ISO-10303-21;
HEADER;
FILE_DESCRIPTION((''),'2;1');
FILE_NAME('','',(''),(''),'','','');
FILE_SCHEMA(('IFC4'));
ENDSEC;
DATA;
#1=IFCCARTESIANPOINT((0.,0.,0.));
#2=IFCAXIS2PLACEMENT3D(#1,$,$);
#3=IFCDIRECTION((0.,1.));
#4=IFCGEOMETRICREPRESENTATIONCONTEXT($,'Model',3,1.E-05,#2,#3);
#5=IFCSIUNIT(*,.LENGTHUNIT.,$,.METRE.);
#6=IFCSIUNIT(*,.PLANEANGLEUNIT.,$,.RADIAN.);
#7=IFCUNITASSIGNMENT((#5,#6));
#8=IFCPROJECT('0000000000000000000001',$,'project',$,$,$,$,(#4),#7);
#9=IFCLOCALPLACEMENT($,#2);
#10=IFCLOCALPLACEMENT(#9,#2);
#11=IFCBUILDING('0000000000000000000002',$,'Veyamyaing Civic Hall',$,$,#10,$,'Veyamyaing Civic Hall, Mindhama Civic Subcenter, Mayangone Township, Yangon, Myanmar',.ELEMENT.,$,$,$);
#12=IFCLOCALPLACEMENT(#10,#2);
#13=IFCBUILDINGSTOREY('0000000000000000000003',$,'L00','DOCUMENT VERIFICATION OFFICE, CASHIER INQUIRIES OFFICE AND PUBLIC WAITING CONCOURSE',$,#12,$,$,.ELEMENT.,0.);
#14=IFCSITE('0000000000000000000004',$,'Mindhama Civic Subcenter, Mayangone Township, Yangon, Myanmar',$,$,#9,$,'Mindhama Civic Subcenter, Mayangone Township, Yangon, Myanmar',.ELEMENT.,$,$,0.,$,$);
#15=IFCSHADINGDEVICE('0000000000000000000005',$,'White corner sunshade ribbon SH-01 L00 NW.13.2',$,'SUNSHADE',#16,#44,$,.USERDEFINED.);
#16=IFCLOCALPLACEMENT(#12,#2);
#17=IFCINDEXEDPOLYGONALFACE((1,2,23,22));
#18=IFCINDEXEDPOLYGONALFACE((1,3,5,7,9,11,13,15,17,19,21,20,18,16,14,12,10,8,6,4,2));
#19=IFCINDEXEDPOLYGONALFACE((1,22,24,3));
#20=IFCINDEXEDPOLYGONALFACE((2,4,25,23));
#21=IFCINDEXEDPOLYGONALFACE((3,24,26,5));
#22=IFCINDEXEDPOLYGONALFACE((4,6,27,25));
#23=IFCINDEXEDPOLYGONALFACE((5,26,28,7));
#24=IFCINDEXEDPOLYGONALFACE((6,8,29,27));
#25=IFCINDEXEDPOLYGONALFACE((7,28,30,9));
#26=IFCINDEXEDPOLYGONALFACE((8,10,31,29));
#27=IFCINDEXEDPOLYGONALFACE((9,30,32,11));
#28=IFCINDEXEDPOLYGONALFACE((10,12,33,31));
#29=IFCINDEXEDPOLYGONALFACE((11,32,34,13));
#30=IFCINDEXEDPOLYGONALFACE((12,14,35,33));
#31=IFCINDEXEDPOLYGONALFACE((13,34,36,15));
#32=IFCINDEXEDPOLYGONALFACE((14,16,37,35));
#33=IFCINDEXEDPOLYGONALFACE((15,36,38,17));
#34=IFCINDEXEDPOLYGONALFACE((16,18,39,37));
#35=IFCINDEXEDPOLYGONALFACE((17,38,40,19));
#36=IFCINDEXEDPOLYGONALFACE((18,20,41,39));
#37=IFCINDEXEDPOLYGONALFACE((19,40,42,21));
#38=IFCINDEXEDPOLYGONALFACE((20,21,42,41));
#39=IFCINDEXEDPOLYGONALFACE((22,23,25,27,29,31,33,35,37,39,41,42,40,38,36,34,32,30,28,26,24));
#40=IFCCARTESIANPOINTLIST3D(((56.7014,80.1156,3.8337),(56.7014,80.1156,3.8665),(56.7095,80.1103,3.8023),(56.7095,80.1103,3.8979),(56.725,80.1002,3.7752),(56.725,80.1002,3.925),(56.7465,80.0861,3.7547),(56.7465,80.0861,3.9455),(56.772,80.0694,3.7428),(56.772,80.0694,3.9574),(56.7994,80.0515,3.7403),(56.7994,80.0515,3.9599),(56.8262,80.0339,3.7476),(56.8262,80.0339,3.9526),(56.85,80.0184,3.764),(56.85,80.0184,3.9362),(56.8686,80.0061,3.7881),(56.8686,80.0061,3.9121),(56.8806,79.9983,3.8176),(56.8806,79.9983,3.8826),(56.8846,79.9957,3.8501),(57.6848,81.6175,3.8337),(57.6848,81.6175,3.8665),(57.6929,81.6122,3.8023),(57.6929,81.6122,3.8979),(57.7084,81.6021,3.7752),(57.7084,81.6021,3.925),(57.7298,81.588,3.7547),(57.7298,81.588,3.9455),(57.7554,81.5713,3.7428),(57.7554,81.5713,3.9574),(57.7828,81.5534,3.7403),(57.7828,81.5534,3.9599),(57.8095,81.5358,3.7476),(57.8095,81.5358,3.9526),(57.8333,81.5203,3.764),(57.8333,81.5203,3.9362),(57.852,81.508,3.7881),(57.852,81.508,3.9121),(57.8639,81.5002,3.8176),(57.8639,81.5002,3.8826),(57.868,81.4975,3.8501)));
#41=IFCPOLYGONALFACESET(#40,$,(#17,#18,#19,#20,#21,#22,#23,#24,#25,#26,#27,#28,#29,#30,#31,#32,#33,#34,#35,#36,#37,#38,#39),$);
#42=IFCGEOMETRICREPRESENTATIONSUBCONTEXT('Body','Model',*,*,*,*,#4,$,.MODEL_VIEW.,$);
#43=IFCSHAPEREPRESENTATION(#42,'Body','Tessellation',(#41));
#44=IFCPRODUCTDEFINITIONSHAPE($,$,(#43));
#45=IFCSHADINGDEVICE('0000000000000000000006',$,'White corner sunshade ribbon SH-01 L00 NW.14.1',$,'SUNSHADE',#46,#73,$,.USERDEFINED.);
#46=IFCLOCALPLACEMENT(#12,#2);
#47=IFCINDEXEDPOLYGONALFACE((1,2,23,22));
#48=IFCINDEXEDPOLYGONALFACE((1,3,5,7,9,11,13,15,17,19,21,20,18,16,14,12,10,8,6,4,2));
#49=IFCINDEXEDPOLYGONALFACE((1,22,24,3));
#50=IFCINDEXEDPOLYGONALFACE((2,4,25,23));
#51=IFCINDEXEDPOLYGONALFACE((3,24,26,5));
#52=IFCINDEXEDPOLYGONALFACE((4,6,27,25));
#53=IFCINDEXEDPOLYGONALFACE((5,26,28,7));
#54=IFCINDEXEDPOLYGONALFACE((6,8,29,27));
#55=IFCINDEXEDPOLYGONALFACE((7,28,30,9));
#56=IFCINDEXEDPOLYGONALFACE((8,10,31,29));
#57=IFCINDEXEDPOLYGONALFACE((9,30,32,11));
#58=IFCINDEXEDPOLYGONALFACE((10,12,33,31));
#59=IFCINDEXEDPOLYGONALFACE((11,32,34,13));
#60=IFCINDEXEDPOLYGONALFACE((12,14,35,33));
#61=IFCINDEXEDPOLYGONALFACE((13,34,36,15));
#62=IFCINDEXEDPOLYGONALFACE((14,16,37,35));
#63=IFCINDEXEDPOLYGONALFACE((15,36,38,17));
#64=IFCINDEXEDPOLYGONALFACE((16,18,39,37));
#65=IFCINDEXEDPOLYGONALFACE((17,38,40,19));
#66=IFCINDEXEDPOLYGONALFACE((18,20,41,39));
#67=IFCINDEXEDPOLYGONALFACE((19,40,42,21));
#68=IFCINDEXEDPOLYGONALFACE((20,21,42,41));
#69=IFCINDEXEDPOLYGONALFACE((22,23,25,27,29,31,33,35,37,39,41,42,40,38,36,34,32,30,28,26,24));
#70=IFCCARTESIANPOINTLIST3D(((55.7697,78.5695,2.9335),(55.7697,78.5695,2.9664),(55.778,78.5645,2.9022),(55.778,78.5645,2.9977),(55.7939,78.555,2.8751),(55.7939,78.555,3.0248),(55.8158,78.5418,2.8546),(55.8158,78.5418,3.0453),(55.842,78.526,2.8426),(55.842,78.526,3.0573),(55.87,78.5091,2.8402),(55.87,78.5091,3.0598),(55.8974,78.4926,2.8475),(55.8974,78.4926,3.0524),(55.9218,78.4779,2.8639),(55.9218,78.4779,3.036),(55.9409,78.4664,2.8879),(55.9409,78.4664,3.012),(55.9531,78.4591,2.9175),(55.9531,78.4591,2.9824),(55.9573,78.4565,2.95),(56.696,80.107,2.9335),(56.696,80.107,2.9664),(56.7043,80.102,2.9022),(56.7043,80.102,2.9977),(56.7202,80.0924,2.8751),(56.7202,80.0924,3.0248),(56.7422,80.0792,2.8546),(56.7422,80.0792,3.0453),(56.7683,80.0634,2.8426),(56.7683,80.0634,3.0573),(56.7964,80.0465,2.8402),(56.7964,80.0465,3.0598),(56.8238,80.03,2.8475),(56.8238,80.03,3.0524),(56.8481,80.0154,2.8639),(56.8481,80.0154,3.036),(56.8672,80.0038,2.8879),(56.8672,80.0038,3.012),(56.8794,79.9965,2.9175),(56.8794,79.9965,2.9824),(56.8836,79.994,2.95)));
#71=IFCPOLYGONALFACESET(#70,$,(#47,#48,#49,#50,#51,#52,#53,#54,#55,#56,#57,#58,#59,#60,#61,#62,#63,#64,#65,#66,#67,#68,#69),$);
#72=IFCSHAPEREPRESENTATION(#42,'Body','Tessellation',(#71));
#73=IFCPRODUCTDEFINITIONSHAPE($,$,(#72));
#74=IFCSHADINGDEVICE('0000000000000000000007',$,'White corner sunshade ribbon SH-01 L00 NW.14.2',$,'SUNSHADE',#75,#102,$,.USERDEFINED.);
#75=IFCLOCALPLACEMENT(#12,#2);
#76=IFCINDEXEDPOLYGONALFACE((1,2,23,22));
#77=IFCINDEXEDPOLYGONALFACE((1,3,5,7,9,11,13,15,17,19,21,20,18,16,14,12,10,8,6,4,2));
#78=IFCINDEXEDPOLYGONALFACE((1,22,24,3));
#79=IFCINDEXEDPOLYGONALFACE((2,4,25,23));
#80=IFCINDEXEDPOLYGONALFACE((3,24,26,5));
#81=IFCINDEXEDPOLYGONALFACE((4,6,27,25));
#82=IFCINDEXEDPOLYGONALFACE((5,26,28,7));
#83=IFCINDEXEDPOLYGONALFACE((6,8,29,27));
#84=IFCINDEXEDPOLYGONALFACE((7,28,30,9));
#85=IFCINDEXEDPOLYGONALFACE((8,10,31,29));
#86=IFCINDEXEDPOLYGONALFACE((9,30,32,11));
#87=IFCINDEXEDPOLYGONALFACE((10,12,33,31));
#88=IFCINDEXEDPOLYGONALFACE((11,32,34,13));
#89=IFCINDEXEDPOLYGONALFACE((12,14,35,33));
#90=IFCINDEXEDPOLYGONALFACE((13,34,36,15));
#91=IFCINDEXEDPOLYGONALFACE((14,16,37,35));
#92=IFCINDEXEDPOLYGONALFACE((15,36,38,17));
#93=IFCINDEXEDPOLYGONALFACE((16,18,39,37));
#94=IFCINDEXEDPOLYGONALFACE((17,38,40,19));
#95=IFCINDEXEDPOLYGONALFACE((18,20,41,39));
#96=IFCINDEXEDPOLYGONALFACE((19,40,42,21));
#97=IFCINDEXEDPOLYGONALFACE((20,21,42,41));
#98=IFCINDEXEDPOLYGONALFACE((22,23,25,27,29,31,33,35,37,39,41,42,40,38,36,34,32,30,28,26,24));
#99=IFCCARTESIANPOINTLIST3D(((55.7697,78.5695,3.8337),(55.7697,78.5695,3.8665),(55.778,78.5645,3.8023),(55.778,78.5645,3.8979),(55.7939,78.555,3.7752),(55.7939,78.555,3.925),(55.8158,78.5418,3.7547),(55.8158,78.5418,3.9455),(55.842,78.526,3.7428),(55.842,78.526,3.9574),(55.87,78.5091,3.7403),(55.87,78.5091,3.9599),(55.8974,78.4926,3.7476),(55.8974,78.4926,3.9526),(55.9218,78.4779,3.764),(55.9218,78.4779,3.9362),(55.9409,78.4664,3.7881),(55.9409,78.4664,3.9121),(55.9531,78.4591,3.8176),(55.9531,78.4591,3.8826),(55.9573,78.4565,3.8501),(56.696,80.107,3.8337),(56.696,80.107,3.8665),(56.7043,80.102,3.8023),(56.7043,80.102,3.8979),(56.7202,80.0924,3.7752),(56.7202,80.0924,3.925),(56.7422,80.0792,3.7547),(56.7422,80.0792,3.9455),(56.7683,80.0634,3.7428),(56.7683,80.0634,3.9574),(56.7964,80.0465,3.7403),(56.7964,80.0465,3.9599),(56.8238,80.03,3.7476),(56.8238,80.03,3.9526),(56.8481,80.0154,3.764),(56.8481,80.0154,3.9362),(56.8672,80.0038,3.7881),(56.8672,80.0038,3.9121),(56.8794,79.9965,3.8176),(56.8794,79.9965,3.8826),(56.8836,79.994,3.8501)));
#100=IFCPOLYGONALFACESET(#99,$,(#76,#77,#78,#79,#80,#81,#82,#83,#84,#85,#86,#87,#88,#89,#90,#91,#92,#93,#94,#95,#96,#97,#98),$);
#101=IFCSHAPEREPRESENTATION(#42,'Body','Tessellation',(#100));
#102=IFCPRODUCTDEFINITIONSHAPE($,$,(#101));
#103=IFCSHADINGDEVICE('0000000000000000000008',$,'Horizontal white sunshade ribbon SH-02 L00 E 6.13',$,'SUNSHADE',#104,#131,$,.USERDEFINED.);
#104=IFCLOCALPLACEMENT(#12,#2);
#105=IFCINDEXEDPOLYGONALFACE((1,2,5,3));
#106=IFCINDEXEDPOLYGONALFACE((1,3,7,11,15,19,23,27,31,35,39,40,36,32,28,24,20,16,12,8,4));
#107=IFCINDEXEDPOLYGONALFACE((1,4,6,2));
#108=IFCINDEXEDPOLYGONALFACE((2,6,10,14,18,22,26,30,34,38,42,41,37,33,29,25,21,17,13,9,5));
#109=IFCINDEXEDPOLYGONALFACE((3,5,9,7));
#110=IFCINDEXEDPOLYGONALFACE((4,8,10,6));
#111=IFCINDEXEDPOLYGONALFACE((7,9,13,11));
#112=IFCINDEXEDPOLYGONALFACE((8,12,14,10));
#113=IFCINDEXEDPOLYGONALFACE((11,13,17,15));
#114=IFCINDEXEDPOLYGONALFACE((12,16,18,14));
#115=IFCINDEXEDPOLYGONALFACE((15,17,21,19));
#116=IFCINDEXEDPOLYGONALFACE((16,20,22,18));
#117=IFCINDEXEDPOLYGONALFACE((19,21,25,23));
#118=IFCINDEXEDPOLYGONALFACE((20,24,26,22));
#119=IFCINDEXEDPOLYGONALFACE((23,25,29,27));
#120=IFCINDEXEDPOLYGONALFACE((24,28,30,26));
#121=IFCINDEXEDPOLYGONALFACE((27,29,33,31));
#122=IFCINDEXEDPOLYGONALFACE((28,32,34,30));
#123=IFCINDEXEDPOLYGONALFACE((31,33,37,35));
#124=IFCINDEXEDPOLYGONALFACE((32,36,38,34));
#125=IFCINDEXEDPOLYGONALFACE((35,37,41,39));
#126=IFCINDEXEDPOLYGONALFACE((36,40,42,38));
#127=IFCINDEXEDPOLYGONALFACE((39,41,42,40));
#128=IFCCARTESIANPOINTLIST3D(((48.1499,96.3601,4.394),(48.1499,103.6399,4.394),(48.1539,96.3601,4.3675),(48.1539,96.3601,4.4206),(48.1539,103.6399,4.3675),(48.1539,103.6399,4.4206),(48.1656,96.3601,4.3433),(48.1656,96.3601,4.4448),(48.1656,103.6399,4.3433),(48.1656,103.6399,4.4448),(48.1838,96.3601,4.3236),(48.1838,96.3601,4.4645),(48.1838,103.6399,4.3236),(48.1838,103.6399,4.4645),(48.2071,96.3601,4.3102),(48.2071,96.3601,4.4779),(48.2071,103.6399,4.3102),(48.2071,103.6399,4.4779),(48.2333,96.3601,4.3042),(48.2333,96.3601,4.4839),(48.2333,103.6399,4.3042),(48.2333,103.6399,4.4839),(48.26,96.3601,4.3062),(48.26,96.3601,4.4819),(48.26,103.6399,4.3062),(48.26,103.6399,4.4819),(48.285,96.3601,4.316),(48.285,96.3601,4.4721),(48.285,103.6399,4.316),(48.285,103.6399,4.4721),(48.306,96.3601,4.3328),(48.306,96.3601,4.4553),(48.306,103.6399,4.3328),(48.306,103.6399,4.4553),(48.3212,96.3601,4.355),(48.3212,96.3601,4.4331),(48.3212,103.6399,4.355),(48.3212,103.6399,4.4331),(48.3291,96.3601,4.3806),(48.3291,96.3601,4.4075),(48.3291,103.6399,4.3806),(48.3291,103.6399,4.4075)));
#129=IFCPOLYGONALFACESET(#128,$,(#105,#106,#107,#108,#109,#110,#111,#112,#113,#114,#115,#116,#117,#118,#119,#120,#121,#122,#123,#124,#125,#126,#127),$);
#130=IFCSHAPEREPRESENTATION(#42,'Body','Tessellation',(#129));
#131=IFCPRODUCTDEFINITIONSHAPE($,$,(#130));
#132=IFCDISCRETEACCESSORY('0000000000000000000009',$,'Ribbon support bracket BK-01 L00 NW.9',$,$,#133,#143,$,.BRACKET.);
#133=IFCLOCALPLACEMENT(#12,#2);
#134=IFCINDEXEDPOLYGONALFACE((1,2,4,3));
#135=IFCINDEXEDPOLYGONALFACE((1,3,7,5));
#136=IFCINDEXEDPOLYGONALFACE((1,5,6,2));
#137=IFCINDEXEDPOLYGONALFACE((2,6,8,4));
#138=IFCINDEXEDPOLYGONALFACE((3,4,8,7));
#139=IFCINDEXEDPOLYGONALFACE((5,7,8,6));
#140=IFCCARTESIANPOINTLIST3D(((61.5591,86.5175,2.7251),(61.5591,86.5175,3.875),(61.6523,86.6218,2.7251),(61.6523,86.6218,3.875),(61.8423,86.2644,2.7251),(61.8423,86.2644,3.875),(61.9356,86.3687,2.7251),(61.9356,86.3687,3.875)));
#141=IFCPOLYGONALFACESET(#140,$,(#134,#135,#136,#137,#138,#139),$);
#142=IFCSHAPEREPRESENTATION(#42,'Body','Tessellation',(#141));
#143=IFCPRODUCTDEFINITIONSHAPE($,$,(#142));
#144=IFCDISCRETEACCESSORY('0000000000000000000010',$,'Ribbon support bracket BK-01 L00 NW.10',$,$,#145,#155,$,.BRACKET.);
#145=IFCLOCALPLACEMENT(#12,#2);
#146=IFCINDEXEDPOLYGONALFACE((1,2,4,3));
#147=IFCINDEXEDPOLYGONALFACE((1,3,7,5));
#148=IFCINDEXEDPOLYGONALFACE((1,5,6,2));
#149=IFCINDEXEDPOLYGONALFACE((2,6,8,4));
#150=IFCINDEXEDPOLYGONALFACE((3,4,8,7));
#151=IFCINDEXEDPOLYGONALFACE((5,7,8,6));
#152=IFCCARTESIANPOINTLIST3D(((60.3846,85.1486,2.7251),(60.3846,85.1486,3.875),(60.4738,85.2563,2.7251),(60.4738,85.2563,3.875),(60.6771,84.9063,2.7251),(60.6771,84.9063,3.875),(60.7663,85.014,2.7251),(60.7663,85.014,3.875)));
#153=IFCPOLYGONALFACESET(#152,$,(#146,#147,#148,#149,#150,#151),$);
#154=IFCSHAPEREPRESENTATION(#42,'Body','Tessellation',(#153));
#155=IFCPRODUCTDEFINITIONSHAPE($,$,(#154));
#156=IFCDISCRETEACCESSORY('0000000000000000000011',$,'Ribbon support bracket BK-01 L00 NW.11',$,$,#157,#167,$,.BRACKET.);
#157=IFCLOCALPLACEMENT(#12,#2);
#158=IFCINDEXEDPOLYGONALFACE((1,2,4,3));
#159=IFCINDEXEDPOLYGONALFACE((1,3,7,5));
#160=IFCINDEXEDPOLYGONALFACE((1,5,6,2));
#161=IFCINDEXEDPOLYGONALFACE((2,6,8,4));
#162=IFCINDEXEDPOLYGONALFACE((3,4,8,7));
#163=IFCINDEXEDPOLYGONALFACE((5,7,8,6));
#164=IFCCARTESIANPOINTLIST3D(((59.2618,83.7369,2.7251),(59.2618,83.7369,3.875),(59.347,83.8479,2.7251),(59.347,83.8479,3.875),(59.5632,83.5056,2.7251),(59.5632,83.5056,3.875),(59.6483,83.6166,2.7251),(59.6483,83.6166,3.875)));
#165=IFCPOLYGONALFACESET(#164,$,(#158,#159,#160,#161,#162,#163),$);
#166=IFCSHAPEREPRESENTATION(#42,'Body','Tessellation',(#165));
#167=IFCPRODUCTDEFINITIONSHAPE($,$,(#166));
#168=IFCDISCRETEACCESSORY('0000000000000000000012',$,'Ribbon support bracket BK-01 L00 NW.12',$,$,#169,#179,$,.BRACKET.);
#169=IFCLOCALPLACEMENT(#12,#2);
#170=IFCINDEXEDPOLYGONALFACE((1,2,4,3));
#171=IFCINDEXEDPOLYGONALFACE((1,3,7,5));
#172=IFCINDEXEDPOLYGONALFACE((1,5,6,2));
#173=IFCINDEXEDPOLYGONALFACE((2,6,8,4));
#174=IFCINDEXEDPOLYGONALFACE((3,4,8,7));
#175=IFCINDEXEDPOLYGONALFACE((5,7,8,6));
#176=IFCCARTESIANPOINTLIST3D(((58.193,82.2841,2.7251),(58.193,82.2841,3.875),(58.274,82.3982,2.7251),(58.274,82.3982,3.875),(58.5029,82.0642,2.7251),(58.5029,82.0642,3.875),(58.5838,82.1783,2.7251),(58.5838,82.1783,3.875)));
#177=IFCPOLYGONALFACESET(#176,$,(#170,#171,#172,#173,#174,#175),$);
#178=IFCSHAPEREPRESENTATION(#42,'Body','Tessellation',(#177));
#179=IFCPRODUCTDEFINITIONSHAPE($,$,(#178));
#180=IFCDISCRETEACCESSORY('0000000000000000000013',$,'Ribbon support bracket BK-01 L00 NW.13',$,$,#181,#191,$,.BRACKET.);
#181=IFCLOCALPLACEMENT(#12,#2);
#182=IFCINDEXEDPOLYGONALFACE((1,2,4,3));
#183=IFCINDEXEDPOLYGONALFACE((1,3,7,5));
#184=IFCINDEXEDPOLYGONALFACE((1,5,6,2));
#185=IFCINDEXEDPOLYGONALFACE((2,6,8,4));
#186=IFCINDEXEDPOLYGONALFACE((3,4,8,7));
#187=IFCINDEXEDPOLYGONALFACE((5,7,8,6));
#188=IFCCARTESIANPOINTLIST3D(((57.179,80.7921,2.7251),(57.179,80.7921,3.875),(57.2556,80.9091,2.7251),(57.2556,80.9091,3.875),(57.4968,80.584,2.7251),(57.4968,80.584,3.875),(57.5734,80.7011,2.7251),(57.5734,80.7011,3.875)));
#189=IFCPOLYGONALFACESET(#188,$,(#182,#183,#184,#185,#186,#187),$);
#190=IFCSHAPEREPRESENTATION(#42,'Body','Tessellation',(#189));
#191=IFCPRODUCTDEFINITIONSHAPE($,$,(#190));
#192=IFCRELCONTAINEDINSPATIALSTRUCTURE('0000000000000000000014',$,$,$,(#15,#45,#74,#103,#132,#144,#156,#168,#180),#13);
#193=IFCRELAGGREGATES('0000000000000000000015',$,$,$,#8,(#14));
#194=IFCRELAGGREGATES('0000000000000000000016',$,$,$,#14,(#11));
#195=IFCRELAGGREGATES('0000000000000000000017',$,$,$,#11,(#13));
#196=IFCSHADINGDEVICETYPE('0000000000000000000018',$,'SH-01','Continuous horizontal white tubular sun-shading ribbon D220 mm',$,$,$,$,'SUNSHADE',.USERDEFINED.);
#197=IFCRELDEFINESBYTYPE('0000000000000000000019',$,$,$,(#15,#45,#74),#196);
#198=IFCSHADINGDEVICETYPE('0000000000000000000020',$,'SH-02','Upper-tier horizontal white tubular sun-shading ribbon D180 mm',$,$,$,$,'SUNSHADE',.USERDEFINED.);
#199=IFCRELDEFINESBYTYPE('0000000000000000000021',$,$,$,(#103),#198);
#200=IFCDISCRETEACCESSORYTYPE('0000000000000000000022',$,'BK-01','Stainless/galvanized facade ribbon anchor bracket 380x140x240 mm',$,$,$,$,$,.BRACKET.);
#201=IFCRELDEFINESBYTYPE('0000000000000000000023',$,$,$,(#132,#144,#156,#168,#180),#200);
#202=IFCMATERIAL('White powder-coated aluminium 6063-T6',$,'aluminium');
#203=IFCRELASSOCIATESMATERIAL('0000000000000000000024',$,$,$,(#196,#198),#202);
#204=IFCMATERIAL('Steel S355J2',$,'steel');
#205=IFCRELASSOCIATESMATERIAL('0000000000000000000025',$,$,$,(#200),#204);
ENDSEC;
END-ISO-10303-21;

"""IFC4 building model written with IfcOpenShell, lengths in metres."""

from ifc_helpers import new_model, si_unit, direction, frame, origin, origin_2d, place, context, subcontext, project, spatial, rectangle, circle, extrude, material, material_profile, profile_set, type_object, element, save


model = new_model("IFC4")

# Units and contexts
model_context = context("Model", 3, precision=1e-05, world=origin(), true_north=direction((0.0, 1.0)))
body_context = subcontext(model_context, "Body", "Model", "MODEL_VIEW")
ifc_project = project(units=[si_unit("LENGTHUNIT", "METRE"), si_unit("PLANEANGLEUNIT", "RADIAN")], contexts=[model_context])

# Site, building, storey
site_placement = place(None, origin())
site = spatial("IfcSite", under=ifc_project, at=site_placement, Name="Mindhama Civic Subcenter, Mayangone Township, Yangon, Myanmar", LongName="Mindhama Civic Subcenter, Mayangone Township, Yangon, Myanmar", CompositionType="ELEMENT", RefElevation=0.0)
building_placement = place(site_placement, origin())
building = spatial("IfcBuilding", under=site, at=building_placement, Name="Veyamyaing Civic Hall", LongName="Veyamyaing Civic Hall, Mindhama Civic Subcenter, Mayangone Township, Yangon, Myanmar", CompositionType="ELEMENT")
storey_placement = place(building_placement, origin())
storey = spatial("IfcBuildingStorey", under=building, at=storey_placement, Name="L00", Description="DOCUMENT VERIFICATION OFFICE, CASHIER INQUIRIES OFFICE AND PUBLIC WAITING CONCOURSE", CompositionType="ELEMENT", Elevation=0.0)

# Shared definitions
ifc_material_1 = material(Name="White powder-coated aluminium 6063-T6", Category="aluminium")

# Shading devices
ifc_material_profile_1 = material_profile(ifc_material_1, circle(Radius=0.1101, at=origin_2d()), Name="SHADE-TUBE-220")
ifc_profile_set_1 = profile_set([ifc_material_profile_1], Name="White powder-coated aluminium 6063-T6")
shading_device_type_1 = type_object("IfcShadingDeviceType", Name="SH-01", Description="Continuous horizontal white tubular sun-shading ribbon D220 mm", ElementType="SUNSHADE", PredefinedType="USERDEFINED", material=ifc_profile_set_1)
for number, where, z_axis, x_axis, name in (
    (1, (57.7759, 81.5579, 3.8501), (-0.547777, -0.836624, 0.0), (0.836624, -0.547777, 0.0), "White corner sunshade ribbon SH-01 L00 NW.13.2"),
):
    element("IfcShadingDevice", number, at=place(storey_placement, frame(where, z_axis=z_axis, x_axis=x_axis)), inside=storey, type_object=shading_device_type_1, Name=name, ObjectType="SUNSHADE", PredefinedType="USERDEFINED", context=body_context, shape_type="SweptSolid", body=[
        extrude(circle(Radius=0.1101, at=origin_2d()), origin(), (0.0, 0.0, 1.0), 1.7952),
    ])
for number, where, z_axis, x_axis, name in (
    (2, (56.7893, 80.0508, 2.95), (-0.516075, -0.856543, 0.0), (0.856543, -0.516075, 0.0), "White corner sunshade ribbon SH-01 L00 NW.14.1"),
    (3, (56.7893, 80.0508, 3.8501), (-0.516075, -0.856543, 0.0), (0.856543, -0.516075, 0.0), "White corner sunshade ribbon SH-01 L00 NW.14.2"),
):
    element("IfcShadingDevice", number, at=place(storey_placement, frame(where, z_axis=z_axis, x_axis=x_axis)), inside=storey, type_object=shading_device_type_1, Name=name, ObjectType="SUNSHADE", PredefinedType="USERDEFINED", context=body_context, shape_type="SweptSolid", body=[
        extrude(circle(Radius=0.1101, at=origin_2d()), origin(), (0.0, 0.0, 1.0), 1.7949),
    ])
ifc_material_profile_2 = material_profile(ifc_material_1, circle(Radius=0.0901, at=origin_2d()), Name="SHADE-TUBE-180")
ifc_profile_set_2 = profile_set([ifc_material_profile_2], Name="White powder-coated aluminium 6063-T6")
shading_device_type_2 = type_object("IfcShadingDeviceType", Name="SH-02", Description="Upper-tier horizontal white tubular sun-shading ribbon D180 mm", ElementType="SUNSHADE", PredefinedType="USERDEFINED", material=ifc_profile_set_2)
shading_device_placement = place(storey_placement, frame((48.24, 96.3601, 4.394), z_axis=(0.0, 1.0, 0.0), x_axis=(-1.0, 0.0, 0.0)))
element("IfcShadingDevice", 4, at=shading_device_placement, inside=storey, type_object=shading_device_type_2, Name="Horizontal white sunshade ribbon SH-02 L00 E 6.13", ObjectType="SUNSHADE", PredefinedType="USERDEFINED", context=body_context, shape_type="SweptSolid", body=[
    extrude(circle(Radius=0.0901, at=origin_2d()), origin(), (0.0, 0.0, 1.0), 7.2798),
])

# Discrete accessories
ifc_material_2 = material(Name="Steel S355J2", Category="steel")
discrete_accessory_type = type_object("IfcDiscreteAccessoryType", Name="BK-01", Description="Stainless/galvanized facade ribbon anchor bracket 380x140x240 mm", PredefinedType="BRACKET", material=ifc_material_2)
for number, where, z_axis, x_axis, name in (
    (5, (61.7473, 86.4431, 2.7251), (0.0, 0.0, 1.0), (-0.745642, 0.666347, 0.0), "Ribbon support bracket BK-01 L00 NW.9"),
    (6, (60.5754, 85.0813, 2.7251), (0.0, 0.0, 1.0), (-0.770036, 0.638, 0.0), "Ribbon support bracket BK-01 L00 NW.10"),
    (7, (59.4551, 83.6768, 2.7251), (0.0, 0.0, 1.0), (-0.793353, 0.608761, 0.0), "Ribbon support bracket BK-01 L00 NW.11"),
    (8, (58.3884, 82.2312, 2.7251), (0.0, 0.0, 1.0), (-0.815561, 0.578671, 0.0), "Ribbon support bracket BK-01 L00 NW.12"),
    (9, (57.3762, 80.7466, 2.7251), (0.0, 0.0, 1.0), (-0.836628, 0.547772, 0.0), "Ribbon support bracket BK-01 L00 NW.13"),
):
    element("IfcDiscreteAccessory", number, at=place(storey_placement, frame(where, z_axis=z_axis, x_axis=x_axis)), inside=storey, type_object=discrete_accessory_type, Name=name, PredefinedType="BRACKET", context=body_context, shape_type="SweptSolid", body=[
        extrude(rectangle(XDim=0.3799, YDim=0.1399, at=origin_2d()), origin(), (0.0, 0.0, 1.0), 1.1499),
    ])

save(model, "model.ifc")
